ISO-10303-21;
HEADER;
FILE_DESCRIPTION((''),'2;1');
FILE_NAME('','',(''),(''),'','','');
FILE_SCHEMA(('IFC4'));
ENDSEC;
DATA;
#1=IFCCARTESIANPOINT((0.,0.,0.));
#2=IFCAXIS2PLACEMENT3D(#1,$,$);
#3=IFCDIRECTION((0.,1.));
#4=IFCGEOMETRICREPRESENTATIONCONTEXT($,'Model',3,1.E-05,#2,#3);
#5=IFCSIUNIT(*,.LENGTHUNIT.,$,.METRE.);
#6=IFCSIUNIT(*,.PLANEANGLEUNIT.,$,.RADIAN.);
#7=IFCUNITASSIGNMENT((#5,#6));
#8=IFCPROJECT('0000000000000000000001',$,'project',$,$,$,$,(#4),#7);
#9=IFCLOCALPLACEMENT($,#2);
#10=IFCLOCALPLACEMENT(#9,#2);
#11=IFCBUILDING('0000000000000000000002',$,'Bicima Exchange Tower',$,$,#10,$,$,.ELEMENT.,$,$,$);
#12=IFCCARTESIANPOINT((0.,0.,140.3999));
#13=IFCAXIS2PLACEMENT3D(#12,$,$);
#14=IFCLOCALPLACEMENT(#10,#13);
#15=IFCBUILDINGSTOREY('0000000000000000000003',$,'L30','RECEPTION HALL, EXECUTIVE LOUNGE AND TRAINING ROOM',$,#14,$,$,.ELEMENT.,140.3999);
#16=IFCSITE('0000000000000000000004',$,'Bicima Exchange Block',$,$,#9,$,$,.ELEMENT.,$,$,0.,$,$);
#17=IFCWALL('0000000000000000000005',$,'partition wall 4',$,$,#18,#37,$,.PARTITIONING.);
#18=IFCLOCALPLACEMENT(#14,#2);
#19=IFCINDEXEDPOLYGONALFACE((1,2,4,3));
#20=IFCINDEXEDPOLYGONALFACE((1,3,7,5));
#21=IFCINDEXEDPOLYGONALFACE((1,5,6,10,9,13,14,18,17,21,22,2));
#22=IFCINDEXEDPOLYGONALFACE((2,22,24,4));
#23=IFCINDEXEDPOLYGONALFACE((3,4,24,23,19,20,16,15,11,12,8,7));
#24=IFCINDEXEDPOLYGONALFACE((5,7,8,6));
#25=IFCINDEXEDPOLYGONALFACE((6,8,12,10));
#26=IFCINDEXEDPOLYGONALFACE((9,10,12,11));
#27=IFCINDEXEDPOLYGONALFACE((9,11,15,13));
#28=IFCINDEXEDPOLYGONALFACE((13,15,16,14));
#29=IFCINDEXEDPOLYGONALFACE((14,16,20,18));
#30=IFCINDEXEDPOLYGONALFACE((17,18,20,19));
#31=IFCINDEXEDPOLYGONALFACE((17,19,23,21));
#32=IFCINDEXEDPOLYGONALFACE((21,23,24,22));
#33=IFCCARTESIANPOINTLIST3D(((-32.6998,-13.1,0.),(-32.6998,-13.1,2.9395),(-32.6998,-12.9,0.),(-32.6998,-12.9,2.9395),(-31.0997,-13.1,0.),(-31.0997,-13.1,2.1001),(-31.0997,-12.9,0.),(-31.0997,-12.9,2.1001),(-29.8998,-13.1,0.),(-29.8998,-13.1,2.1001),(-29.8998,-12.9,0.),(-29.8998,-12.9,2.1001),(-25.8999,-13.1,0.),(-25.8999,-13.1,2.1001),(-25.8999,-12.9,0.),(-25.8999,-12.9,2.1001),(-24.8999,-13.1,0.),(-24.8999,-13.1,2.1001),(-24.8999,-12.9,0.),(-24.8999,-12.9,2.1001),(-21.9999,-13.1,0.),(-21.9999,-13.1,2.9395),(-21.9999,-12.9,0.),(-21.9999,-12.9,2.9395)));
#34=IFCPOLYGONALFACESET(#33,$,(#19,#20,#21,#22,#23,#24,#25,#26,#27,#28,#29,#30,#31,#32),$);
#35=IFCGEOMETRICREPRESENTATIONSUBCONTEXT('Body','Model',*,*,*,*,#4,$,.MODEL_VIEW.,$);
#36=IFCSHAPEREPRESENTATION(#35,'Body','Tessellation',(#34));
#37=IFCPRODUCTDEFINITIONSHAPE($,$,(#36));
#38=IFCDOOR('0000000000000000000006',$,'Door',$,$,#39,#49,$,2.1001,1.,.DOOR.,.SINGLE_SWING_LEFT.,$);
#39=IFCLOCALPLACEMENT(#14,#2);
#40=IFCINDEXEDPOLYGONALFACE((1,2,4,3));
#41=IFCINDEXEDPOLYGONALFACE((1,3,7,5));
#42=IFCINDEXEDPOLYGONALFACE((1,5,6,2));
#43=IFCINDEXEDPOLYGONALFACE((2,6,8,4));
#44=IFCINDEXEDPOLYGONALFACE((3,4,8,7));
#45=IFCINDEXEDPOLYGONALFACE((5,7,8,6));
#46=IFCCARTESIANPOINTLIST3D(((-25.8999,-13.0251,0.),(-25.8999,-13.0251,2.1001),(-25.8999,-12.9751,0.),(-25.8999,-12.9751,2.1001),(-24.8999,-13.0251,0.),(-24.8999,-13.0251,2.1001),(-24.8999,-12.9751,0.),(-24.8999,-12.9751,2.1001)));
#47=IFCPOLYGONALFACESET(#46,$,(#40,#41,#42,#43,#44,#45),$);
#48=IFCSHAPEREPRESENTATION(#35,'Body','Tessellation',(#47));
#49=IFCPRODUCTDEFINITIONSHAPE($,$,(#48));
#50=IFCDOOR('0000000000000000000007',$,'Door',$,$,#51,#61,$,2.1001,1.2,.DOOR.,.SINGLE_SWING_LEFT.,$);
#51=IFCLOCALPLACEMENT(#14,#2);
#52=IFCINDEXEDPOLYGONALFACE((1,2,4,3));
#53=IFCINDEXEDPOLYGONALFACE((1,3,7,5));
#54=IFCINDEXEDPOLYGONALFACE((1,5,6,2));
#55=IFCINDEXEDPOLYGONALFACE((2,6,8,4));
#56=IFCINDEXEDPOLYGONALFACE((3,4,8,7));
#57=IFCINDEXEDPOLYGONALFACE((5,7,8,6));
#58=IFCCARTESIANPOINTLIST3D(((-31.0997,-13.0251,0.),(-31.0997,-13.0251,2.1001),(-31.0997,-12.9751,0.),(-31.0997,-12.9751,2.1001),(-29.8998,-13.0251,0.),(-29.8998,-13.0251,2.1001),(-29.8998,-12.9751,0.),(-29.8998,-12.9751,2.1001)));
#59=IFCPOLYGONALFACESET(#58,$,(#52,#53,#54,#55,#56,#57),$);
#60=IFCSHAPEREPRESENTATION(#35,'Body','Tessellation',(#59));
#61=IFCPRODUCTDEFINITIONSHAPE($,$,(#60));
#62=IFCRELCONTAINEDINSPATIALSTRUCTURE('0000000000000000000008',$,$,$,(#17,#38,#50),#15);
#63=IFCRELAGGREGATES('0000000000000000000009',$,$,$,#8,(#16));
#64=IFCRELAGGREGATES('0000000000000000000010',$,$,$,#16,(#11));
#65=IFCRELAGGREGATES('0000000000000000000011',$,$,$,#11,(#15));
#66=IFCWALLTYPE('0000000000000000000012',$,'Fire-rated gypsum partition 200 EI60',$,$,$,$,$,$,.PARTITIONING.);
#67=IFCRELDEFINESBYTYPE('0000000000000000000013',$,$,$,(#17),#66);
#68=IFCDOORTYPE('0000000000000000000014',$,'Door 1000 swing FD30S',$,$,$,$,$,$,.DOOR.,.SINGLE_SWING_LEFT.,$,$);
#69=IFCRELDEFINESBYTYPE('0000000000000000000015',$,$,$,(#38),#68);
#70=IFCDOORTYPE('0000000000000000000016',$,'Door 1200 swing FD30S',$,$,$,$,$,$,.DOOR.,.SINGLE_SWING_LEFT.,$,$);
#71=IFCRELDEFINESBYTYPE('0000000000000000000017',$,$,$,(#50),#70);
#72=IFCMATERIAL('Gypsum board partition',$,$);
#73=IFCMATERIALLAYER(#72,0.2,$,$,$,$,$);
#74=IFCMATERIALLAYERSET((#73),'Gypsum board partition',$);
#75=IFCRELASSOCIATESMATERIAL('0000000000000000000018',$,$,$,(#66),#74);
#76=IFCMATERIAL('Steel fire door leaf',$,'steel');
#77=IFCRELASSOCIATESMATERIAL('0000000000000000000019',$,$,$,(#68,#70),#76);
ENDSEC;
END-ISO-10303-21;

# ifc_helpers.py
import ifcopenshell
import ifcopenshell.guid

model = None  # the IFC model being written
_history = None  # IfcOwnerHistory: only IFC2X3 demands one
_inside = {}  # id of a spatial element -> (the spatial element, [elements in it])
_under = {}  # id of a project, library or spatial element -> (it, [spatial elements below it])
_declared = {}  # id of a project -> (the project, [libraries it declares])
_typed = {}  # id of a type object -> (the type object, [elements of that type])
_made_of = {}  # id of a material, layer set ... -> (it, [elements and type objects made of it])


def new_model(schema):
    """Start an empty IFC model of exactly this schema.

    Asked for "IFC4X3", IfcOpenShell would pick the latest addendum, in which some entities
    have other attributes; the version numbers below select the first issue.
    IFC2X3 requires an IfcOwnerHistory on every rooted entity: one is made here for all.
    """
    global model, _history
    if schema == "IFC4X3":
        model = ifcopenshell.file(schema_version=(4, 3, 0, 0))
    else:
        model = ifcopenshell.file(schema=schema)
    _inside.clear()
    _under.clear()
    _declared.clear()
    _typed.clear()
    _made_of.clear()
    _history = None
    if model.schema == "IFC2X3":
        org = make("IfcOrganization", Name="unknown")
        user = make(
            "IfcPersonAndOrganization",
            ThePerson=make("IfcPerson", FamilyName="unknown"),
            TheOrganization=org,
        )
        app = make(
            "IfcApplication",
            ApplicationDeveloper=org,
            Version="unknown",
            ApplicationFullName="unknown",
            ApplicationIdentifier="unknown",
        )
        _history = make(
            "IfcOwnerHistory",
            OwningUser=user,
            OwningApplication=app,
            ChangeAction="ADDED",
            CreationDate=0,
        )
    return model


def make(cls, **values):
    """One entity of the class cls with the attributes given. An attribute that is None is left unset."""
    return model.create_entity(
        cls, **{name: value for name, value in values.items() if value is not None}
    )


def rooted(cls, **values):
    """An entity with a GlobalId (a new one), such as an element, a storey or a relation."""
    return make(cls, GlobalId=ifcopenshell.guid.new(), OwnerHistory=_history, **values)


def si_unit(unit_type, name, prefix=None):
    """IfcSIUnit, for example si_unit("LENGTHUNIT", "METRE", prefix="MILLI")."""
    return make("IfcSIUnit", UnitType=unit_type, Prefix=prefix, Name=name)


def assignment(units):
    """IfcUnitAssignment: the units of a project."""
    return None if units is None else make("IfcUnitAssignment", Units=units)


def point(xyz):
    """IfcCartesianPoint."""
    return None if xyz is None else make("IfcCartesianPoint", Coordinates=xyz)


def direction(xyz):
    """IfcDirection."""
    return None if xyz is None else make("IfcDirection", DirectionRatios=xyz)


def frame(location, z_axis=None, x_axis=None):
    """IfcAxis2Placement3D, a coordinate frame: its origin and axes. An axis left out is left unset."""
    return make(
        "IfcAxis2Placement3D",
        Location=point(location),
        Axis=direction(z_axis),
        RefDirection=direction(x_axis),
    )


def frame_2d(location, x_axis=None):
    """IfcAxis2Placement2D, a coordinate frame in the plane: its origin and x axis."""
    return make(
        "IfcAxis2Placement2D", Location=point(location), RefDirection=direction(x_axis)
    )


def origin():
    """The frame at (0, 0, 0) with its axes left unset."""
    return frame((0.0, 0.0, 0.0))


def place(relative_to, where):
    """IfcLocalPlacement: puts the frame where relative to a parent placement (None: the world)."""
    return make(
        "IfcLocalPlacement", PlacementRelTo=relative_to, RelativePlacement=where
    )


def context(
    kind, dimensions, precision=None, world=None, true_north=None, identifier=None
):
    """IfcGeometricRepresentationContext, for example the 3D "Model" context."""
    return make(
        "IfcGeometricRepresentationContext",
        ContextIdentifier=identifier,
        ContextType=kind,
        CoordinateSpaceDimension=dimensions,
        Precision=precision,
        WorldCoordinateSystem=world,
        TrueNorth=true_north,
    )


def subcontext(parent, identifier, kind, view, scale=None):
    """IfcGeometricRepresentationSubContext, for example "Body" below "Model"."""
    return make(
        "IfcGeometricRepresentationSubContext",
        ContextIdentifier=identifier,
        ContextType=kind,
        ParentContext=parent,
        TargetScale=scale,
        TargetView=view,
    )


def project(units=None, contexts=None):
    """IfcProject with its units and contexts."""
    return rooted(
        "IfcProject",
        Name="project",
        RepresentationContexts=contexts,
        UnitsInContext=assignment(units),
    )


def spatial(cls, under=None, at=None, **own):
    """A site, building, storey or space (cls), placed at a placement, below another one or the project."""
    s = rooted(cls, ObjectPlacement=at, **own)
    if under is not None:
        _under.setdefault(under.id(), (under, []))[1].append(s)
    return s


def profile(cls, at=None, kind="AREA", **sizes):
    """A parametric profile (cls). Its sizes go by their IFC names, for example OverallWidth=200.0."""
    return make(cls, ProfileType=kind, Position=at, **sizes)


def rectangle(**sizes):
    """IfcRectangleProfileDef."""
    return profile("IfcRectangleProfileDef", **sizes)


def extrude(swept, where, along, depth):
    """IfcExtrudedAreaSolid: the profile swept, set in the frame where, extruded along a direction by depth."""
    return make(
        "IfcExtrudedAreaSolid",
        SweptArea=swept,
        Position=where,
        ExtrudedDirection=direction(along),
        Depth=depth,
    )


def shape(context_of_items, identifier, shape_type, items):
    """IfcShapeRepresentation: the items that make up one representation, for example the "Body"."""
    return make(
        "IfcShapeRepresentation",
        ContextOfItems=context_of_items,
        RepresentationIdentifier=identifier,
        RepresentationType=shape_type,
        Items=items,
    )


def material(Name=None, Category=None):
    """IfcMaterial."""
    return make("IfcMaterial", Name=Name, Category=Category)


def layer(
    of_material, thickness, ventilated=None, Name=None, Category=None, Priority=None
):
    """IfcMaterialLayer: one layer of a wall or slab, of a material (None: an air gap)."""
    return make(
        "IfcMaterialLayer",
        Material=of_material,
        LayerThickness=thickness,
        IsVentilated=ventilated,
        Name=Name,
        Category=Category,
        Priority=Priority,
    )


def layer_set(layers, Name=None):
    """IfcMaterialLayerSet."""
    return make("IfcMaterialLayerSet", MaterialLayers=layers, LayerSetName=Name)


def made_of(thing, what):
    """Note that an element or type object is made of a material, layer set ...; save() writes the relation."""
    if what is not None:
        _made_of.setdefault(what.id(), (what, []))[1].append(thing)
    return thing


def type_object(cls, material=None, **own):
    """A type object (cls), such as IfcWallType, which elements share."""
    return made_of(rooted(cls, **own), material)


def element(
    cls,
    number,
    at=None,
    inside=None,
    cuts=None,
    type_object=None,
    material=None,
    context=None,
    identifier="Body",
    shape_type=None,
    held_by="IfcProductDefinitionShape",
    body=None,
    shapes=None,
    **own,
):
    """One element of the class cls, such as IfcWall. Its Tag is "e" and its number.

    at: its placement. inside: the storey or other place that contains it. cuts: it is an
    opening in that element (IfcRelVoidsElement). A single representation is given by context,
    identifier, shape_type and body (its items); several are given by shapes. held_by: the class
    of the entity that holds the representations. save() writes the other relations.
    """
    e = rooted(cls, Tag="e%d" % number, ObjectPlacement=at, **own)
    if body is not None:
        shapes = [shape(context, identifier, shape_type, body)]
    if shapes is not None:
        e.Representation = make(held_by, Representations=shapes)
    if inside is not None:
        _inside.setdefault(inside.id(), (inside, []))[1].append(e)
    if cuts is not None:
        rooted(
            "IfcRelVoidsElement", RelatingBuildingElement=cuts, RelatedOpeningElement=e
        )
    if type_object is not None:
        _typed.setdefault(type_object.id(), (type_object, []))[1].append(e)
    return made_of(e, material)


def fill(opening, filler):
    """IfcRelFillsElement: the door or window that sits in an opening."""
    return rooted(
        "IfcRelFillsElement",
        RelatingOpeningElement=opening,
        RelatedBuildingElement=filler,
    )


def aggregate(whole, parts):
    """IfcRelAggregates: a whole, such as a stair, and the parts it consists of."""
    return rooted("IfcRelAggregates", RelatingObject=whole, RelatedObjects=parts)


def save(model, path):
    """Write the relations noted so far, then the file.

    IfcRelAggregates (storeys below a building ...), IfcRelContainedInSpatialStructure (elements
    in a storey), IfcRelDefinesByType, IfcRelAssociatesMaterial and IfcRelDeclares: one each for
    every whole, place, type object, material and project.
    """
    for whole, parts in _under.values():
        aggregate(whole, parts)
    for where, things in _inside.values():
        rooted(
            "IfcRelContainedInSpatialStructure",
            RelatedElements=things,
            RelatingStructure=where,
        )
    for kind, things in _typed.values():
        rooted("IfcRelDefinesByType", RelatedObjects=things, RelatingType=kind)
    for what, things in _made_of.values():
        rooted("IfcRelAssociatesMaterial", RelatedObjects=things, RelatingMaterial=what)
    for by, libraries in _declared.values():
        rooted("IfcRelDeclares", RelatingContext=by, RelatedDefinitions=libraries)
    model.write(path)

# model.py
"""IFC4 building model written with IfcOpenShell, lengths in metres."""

from ifc_helpers import new_model, si_unit, direction, frame, frame_2d, origin, place, context, subcontext, project, spatial, rectangle, extrude, material, layer, layer_set, type_object, element, fill, save


model = new_model("IFC4")

# Units and contexts
model_context = context("Model", 3, precision=1e-05, world=origin(), true_north=direction((0.0, 1.0)))
body_context = subcontext(model_context, "Body", "Model", "MODEL_VIEW")
ifc_project = project(units=[si_unit("LENGTHUNIT", "METRE"), si_unit("PLANEANGLEUNIT", "RADIAN")], contexts=[model_context])

# Site, building, storey
site_placement = place(None, origin())
site = spatial("IfcSite", under=ifc_project, at=site_placement, Name="Bicima Exchange Block", CompositionType="ELEMENT", RefElevation=0.0)
building_placement = place(site_placement, origin())
building = spatial("IfcBuilding", under=site, at=building_placement, Name="Bicima Exchange Tower", CompositionType="ELEMENT")
storey_placement = place(building_placement, frame((0.0, 0.0, 140.3999)))
storey = spatial("IfcBuildingStorey", under=building, at=storey_placement, Name="L30", Description="RECEPTION HALL, EXECUTIVE LOUNGE AND TRAINING ROOM", CompositionType="ELEMENT", Elevation=140.3999)

# Wall, openings, doors
ifc_material_1 = material(Name="Gypsum board partition")
ifc_layer_1 = layer(ifc_material_1, 0.2)
ifc_layer_set_1 = layer_set([ifc_layer_1], Name="Gypsum board partition")
wall_type_1 = type_object("IfcWallType", Name="Fire-rated gypsum partition 200 EI60", PredefinedType="PARTITIONING", material=ifc_layer_set_1)
wall_1_placement = place(storey_placement, frame((-32.7, -13.0, 0.0), z_axis=(0.0, 0.0, 1.0), x_axis=(1.0, 0.0, 0.0)))
wall_1 = element("IfcWall", 1, at=wall_1_placement, inside=storey, type_object=wall_type_1, Name="partition wall 4", PredefinedType="PARTITIONING", context=body_context, shape_type="SweptSolid", body=[
    extrude(rectangle(XDim=10.7, YDim=0.2, at=frame_2d((5.3501, 0.0))), origin(), (0.0, 0.0, 1.0), 2.9395),
])
opening_1_placement = place(wall_1_placement, frame((1.6001, 0.0, 0.0)))
opening_1 = element("IfcOpeningElement", 2, at=opening_1_placement, cuts=wall_1, PredefinedType="OPENING", context=body_context, shape_type="SweptSolid", body=[
    extrude(rectangle(XDim=1.2, YDim=2.1001, at=frame_2d((0.6001, 1.05))), frame((0.0, 0.1118, 0.0), z_axis=(0.0, -1.0, 0.0), x_axis=(1.0, 0.0, 0.0)), (0.0, 0.0, 1.0), 0.2239),
])
opening_2_placement = place(wall_1_placement, frame((6.8, 0.0, 0.0)))
opening_2 = element("IfcOpeningElement", 3, at=opening_2_placement, cuts=wall_1, PredefinedType="OPENING", context=body_context, shape_type="SweptSolid", body=[
    extrude(rectangle(XDim=1.0, YDim=2.1001, at=frame_2d((0.5, 1.05))), frame((0.0, 0.1118, 0.0), z_axis=(0.0, -1.0, 0.0), x_axis=(1.0, 0.0, 0.0)), (0.0, 0.0, 1.0), 0.2239),
])
ifc_material_2 = material(Name="Steel fire door leaf", Category="steel")
door_type_1 = type_object("IfcDoorType", Name="Door 1000 swing FD30S", OperationType="SINGLE_SWING_LEFT", PredefinedType="DOOR", material=ifc_material_2)
door_1_placement = place(opening_2_placement, origin())
door_1 = element("IfcDoor", 4, at=door_1_placement, inside=storey, type_object=door_type_1, Name="Door", OperationType="SINGLE_SWING_LEFT", OverallHeight=2.1001, OverallWidth=1.0, PredefinedType="DOOR", context=body_context, shape_type="SweptSolid", body=[
    extrude(rectangle(XDim=1.0, YDim=2.1001, at=frame_2d((0.5, 1.05))), frame((0.0, 0.0249, 0.0), z_axis=(0.0, -1.0, 0.0), x_axis=(1.0, 0.0, 0.0)), (0.0, 0.0, 1.0), 0.05),
])
fill(opening_2, door_1)
door_type_2 = type_object("IfcDoorType", Name="Door 1200 swing FD30S", OperationType="SINGLE_SWING_LEFT", PredefinedType="DOOR", material=ifc_material_2)
door_2_placement = place(opening_1_placement, origin())
door_2 = element("IfcDoor", 5, at=door_2_placement, inside=storey, type_object=door_type_2, Name="Door", OperationType="SINGLE_SWING_LEFT", OverallHeight=2.1001, OverallWidth=1.2, PredefinedType="DOOR", context=body_context, shape_type="SweptSolid", body=[
    extrude(rectangle(XDim=1.2, YDim=2.1001, at=frame_2d((0.6001, 1.05))), frame((0.0, 0.0249, 0.0), z_axis=(0.0, -1.0, 0.0), x_axis=(1.0, 0.0, 0.0)), (0.0, 0.0, 1.0), 0.05),
])
fill(opening_1, door_2)

save(model, "model.ifc")
